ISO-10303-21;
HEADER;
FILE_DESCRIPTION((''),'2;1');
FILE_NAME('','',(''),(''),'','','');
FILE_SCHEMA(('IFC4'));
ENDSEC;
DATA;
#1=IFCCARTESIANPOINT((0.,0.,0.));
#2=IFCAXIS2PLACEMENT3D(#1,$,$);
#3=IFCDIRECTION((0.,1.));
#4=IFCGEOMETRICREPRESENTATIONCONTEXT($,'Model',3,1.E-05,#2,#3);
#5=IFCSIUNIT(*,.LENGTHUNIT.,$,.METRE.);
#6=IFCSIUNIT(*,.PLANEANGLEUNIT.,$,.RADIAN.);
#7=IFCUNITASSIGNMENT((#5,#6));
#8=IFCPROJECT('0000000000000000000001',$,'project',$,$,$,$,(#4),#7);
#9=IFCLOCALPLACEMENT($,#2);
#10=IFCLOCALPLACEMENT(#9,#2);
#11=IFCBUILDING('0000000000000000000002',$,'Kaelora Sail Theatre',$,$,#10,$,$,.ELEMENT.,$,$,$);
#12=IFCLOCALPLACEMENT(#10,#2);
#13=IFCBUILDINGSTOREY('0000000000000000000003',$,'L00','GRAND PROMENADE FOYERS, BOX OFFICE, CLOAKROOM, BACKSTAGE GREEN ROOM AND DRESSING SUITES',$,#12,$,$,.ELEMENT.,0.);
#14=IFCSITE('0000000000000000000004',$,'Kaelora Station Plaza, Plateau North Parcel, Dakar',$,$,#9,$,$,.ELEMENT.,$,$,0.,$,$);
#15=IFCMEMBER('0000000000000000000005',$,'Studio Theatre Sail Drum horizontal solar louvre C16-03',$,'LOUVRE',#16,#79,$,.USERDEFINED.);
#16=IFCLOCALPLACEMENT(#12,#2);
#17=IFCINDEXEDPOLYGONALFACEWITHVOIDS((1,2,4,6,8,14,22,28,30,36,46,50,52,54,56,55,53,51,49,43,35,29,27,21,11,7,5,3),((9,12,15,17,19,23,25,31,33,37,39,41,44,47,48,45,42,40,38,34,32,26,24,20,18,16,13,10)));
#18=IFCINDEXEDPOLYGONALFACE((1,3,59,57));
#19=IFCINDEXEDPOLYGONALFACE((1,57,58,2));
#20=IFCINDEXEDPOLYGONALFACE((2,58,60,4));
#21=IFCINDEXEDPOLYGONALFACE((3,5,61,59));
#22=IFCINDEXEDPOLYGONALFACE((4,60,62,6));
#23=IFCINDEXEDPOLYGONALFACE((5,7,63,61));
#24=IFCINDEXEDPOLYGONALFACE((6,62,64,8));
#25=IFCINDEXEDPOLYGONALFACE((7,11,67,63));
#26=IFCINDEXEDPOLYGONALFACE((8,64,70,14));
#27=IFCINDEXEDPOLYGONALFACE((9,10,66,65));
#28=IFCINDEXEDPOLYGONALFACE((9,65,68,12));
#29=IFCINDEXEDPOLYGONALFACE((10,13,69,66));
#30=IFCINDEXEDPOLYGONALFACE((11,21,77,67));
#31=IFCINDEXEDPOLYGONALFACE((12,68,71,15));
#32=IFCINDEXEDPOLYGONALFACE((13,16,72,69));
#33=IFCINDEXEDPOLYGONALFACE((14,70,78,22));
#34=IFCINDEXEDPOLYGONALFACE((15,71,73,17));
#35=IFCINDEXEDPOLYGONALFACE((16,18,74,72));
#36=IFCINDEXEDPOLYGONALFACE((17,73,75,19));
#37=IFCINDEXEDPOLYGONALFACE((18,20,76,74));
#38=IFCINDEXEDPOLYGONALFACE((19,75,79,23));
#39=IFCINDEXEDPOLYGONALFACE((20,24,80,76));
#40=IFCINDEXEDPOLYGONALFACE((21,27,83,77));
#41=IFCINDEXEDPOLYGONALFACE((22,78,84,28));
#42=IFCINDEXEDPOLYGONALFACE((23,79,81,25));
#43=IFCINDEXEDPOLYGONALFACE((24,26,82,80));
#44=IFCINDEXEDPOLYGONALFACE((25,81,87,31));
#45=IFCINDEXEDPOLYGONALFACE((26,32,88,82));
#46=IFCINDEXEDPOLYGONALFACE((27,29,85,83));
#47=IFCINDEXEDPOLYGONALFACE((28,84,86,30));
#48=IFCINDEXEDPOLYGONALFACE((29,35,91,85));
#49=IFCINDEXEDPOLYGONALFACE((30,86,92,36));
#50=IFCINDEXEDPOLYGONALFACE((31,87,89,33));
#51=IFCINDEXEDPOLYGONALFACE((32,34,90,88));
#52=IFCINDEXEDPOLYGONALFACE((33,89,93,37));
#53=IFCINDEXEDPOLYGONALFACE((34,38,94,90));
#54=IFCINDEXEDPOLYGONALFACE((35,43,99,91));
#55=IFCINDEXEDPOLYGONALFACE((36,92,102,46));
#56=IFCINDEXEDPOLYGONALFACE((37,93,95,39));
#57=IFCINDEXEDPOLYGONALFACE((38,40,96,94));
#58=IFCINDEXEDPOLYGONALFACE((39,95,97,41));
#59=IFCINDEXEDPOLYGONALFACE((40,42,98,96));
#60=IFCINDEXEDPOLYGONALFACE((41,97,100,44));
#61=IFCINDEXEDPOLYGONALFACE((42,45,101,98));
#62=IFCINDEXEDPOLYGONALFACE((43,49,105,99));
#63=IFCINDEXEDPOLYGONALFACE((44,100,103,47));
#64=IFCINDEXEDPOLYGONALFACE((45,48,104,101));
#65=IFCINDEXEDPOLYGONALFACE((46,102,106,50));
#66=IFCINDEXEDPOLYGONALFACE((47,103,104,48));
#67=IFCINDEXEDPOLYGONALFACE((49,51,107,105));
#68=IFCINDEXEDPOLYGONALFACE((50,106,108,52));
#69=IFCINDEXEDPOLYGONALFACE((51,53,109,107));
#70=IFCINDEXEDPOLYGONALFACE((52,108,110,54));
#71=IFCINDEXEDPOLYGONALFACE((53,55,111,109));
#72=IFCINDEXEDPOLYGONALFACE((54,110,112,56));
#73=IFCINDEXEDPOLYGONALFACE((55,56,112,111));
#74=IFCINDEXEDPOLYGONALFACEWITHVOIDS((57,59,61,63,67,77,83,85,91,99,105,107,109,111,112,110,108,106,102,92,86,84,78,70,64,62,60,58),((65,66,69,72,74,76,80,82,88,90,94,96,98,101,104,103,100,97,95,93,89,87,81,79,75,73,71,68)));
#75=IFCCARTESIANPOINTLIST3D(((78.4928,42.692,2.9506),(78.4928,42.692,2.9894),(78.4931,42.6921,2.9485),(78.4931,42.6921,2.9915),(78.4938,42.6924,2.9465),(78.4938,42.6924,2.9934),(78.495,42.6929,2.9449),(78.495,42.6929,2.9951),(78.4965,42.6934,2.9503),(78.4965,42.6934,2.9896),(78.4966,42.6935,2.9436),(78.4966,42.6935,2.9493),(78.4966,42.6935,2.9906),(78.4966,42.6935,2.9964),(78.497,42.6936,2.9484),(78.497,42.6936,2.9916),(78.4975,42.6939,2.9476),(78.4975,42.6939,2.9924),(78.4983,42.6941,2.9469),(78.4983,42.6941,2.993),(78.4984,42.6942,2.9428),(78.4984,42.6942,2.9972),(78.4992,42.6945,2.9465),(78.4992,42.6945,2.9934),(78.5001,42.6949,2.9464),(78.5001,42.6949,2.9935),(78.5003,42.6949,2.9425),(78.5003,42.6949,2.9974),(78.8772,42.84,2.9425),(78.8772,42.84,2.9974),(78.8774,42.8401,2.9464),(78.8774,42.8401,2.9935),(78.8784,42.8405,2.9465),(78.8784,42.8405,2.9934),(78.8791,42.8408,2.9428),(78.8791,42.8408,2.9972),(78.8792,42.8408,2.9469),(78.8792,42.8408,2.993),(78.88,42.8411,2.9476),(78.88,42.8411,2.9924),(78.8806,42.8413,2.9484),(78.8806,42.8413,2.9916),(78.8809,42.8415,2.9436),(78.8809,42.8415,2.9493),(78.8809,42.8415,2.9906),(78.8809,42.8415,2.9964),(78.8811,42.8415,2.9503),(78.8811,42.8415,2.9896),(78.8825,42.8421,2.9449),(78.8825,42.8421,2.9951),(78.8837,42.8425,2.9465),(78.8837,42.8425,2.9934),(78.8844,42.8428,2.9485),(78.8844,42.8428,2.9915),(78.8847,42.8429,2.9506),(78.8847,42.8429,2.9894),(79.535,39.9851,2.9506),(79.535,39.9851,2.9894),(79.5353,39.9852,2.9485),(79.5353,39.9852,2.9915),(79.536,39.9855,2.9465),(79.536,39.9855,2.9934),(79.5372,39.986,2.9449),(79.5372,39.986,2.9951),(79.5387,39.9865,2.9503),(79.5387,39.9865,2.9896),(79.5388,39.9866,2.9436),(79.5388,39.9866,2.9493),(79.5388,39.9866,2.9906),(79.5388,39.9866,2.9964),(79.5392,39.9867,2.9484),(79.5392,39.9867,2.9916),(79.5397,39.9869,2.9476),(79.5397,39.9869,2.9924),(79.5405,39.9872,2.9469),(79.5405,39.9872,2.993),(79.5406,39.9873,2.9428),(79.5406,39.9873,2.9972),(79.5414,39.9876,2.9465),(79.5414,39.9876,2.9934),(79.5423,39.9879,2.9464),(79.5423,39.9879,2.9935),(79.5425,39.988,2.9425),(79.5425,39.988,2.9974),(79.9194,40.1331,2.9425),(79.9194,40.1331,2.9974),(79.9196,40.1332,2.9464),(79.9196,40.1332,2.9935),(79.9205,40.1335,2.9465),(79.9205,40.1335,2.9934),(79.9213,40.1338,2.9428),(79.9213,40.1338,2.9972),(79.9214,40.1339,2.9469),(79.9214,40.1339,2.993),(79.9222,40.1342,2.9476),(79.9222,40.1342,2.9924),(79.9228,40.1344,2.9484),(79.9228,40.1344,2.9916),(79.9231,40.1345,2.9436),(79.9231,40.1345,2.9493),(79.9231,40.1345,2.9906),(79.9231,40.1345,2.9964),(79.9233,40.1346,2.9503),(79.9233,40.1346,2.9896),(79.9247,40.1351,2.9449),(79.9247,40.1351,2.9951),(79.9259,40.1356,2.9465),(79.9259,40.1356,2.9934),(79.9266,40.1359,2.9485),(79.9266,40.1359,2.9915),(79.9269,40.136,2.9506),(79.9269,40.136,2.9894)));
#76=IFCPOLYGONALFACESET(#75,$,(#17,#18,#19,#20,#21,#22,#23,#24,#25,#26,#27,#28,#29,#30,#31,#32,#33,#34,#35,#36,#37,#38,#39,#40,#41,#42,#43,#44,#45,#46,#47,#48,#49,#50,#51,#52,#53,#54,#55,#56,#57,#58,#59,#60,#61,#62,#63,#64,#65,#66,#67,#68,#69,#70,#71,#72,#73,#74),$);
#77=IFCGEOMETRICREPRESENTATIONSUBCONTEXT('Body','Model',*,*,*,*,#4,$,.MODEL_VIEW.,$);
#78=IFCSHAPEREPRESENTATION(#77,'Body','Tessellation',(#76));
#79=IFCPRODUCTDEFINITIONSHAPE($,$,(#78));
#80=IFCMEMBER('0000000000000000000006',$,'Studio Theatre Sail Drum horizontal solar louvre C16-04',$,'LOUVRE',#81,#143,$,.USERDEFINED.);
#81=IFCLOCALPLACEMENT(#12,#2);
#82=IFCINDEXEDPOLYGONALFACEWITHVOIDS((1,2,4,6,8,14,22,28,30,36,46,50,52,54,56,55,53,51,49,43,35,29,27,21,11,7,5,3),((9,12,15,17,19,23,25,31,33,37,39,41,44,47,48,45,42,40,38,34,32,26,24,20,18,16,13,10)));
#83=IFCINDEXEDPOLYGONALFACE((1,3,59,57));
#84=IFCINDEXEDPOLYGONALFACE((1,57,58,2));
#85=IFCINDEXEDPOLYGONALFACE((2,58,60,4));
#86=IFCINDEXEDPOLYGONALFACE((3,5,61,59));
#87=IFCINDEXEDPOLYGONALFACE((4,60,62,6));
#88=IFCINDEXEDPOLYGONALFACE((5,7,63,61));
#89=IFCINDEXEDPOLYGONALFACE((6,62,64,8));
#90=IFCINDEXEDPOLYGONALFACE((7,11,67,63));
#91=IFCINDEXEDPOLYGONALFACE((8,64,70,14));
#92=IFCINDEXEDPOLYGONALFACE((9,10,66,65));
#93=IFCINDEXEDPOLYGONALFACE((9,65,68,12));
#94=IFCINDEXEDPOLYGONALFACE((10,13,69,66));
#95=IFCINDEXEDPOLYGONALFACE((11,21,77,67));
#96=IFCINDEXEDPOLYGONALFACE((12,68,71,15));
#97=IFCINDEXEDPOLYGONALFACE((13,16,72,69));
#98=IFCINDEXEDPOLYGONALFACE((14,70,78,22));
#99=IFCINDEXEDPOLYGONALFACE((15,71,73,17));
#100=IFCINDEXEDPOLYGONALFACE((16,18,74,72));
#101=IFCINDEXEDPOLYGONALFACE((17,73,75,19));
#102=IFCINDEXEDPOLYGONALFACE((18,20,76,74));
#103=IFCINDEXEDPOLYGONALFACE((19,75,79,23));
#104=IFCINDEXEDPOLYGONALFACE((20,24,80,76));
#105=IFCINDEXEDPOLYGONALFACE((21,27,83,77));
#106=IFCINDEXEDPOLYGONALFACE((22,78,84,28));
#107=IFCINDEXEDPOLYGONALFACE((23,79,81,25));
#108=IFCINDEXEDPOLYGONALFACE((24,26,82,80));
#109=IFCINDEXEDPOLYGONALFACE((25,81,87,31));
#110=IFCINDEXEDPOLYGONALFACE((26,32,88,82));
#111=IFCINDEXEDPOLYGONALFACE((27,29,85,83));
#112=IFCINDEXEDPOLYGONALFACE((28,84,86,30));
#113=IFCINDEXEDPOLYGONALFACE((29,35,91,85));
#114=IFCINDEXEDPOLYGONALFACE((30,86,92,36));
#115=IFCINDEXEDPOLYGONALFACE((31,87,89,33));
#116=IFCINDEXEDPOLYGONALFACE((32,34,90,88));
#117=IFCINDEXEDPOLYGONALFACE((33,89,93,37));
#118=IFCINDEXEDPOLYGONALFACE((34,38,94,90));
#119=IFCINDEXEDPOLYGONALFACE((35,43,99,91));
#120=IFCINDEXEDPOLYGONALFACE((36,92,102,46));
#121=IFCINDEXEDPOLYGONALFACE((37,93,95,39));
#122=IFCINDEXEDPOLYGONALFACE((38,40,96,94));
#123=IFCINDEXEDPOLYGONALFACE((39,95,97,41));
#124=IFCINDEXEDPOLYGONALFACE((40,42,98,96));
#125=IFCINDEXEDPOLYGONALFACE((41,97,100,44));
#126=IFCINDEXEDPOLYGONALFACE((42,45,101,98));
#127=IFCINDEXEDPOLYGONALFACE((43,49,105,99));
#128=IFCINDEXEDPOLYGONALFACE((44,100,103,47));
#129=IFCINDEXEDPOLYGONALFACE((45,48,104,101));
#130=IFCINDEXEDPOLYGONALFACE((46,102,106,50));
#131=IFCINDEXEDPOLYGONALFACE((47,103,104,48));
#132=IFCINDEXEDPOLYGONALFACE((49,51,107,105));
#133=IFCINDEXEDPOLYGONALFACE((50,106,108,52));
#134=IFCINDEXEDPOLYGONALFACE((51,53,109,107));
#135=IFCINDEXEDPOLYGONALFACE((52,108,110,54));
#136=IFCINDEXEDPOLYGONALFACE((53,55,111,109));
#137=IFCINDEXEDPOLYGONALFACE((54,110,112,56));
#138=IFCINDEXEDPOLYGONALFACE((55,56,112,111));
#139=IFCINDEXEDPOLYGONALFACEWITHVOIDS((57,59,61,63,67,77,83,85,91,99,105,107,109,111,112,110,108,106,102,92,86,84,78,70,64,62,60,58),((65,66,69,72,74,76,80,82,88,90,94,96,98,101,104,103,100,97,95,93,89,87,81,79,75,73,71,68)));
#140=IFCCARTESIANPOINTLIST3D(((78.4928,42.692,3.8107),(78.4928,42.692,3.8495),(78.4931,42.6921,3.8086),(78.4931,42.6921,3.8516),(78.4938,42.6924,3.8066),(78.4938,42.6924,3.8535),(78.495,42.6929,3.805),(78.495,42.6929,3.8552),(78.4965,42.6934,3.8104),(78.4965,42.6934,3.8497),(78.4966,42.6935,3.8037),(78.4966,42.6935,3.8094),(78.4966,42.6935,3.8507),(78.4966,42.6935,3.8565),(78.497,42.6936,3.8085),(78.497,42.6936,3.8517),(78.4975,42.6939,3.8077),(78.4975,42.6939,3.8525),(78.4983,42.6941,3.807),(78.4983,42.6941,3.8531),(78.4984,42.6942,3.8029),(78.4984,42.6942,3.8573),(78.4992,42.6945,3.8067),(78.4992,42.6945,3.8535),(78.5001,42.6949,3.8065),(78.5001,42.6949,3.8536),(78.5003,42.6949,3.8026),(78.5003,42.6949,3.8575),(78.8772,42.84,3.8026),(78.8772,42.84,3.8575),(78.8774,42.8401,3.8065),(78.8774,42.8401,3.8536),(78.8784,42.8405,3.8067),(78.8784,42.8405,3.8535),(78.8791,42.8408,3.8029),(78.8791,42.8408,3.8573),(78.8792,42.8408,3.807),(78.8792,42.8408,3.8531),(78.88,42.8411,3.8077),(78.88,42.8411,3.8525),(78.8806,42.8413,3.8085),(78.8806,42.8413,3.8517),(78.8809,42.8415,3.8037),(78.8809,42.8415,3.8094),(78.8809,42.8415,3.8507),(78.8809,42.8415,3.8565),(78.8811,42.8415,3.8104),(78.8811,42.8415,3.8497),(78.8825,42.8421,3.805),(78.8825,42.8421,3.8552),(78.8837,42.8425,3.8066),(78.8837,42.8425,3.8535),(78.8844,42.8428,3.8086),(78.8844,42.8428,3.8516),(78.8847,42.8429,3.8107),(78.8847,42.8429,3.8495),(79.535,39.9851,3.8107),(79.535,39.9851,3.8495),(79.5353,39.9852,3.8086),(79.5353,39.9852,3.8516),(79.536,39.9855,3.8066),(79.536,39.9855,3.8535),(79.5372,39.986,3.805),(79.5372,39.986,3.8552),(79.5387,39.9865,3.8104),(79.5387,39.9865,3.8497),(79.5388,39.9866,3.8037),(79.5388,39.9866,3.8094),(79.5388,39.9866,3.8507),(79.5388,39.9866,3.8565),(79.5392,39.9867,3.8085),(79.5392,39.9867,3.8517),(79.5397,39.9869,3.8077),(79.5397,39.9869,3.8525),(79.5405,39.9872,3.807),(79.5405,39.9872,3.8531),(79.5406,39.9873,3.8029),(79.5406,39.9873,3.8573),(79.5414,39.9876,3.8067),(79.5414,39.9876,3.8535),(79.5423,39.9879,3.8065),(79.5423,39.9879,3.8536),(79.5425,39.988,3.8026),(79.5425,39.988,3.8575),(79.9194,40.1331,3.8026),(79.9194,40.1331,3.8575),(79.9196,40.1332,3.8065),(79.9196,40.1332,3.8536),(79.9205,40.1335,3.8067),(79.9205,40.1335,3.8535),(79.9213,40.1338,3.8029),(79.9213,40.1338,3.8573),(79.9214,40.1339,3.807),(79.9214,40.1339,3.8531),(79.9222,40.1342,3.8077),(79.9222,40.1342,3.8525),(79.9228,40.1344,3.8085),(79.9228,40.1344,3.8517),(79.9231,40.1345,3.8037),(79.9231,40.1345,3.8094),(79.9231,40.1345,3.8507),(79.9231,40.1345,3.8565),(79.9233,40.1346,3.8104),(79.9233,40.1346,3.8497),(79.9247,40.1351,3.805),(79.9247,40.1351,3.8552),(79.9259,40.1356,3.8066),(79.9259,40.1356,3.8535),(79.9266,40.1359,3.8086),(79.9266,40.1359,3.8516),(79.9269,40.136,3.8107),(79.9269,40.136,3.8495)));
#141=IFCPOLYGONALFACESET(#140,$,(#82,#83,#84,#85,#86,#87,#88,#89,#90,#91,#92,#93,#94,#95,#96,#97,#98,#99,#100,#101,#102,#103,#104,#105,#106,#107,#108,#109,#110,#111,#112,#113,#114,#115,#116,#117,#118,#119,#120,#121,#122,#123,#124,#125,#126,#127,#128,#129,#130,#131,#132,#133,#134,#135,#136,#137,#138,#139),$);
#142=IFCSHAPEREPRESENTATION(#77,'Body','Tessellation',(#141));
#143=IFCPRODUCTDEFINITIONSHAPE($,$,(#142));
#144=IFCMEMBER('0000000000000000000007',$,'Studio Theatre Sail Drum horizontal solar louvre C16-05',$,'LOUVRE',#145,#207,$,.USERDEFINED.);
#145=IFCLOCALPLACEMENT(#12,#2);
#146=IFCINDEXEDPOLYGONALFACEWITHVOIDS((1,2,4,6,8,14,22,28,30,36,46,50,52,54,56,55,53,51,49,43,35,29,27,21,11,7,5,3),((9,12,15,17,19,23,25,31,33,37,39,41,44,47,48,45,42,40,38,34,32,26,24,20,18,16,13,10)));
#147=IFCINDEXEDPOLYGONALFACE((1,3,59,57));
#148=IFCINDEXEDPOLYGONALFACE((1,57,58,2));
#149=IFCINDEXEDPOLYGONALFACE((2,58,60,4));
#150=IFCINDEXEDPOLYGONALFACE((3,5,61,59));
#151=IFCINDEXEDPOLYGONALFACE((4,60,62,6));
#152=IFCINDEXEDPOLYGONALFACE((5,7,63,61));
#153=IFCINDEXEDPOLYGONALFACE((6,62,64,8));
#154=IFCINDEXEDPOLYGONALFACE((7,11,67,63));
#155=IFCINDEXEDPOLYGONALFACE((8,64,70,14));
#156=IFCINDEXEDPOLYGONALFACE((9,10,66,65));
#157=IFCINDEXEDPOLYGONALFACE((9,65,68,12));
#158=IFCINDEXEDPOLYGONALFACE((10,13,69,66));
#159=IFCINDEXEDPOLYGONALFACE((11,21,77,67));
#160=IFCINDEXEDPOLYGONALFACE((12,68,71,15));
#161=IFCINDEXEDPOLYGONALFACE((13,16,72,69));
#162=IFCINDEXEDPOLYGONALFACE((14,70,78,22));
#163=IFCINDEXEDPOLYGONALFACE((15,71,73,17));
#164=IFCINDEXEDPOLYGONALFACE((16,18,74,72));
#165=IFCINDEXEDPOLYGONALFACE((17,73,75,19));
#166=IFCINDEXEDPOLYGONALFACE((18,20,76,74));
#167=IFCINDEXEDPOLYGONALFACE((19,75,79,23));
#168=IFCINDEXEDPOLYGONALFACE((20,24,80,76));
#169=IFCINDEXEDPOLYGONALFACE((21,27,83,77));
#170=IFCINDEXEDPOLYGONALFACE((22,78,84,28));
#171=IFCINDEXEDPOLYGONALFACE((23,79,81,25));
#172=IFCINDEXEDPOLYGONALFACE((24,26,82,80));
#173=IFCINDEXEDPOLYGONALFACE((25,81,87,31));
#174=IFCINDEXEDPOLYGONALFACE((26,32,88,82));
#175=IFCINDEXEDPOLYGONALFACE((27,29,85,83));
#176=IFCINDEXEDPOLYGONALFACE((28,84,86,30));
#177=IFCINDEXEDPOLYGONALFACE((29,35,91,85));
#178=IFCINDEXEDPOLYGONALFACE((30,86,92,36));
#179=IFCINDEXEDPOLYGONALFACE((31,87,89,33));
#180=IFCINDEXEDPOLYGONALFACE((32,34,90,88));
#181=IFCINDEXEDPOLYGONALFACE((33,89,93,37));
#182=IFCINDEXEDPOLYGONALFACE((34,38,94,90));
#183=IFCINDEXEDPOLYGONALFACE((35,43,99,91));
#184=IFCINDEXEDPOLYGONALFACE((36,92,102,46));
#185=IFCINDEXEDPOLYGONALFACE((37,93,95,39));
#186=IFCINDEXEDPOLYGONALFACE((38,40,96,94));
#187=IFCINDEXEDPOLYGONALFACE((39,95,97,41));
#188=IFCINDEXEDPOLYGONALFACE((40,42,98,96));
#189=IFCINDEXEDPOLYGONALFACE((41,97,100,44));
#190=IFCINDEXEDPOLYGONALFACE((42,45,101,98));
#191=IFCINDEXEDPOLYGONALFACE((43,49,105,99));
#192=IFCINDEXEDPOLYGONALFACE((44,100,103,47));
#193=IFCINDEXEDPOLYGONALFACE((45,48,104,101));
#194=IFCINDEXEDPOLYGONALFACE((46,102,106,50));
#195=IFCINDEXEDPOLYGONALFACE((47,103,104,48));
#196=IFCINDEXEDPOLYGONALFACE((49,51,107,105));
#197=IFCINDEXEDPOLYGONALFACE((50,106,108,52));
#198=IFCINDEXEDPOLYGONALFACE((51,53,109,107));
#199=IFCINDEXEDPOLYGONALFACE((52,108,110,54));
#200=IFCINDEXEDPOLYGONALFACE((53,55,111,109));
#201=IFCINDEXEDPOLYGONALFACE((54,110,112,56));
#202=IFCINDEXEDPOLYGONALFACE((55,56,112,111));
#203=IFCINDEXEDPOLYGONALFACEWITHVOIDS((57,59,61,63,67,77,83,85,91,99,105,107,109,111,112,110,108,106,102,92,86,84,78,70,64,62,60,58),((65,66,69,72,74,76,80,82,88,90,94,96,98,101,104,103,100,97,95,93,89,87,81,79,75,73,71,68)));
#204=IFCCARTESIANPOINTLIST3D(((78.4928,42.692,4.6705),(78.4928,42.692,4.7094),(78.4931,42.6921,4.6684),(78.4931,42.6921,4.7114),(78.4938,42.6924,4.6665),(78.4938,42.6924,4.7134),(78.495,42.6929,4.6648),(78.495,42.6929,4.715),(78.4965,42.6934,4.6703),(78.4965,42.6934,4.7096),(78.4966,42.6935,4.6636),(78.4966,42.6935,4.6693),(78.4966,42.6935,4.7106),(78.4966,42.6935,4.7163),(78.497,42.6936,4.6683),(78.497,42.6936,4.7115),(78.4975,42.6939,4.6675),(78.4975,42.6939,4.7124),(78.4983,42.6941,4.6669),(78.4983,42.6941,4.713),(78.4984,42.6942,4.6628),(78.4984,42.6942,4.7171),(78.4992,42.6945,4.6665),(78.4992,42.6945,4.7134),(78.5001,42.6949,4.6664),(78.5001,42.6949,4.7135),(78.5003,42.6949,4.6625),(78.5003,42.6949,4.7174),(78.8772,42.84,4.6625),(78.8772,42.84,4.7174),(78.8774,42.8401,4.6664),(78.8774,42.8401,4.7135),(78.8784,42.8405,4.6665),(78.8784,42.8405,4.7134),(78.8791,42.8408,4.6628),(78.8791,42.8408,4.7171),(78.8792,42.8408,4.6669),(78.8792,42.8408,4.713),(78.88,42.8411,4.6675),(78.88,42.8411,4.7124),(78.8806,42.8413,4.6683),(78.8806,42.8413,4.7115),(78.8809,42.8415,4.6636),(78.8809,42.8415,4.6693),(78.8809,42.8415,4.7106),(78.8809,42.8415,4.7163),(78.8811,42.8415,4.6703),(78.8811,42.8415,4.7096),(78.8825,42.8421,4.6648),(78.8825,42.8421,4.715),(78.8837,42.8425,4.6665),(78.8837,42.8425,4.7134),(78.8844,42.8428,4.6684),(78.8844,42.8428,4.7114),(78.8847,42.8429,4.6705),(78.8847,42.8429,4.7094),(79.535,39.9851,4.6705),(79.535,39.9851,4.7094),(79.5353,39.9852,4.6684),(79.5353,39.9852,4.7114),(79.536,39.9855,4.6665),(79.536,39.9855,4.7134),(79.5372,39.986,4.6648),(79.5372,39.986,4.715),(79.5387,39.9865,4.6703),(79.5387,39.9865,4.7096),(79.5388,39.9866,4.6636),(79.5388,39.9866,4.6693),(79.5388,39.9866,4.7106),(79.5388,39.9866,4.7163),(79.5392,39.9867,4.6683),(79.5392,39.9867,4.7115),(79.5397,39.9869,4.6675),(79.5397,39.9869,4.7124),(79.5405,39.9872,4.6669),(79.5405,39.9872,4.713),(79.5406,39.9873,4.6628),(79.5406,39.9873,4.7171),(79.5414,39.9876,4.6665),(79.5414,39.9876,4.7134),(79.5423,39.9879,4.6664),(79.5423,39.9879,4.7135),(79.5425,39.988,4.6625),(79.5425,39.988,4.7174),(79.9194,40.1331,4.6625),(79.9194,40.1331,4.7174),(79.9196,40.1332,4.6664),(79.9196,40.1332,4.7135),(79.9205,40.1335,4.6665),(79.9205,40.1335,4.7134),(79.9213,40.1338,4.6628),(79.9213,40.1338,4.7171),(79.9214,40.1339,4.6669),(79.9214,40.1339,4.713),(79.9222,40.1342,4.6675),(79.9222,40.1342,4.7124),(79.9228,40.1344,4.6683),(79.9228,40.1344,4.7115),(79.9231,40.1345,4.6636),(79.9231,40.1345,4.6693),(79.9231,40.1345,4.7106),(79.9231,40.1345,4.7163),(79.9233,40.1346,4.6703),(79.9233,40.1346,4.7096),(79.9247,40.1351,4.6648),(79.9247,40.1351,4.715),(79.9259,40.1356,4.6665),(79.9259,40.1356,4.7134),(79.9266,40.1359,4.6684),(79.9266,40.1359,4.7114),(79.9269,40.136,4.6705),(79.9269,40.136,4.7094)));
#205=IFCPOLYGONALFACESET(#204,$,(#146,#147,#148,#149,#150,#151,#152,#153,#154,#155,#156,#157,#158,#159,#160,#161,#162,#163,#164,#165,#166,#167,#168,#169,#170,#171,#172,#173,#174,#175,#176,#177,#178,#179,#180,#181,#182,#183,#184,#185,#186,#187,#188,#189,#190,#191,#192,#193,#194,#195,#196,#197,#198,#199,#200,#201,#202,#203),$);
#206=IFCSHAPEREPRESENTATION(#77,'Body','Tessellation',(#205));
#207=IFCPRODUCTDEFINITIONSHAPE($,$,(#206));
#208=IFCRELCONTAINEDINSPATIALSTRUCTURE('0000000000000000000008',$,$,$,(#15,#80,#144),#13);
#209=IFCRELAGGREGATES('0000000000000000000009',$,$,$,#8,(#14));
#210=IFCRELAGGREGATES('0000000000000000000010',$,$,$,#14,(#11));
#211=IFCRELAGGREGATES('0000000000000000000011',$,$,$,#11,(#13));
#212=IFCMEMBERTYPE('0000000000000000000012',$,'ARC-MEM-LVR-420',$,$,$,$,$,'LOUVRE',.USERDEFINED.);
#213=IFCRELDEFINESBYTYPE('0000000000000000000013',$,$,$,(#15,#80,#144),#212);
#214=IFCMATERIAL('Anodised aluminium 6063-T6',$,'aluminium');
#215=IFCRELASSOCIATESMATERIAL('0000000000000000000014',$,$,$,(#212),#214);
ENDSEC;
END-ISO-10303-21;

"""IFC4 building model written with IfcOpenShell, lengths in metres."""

from ifc_helpers import new_model, si_unit, direction, frame, origin, origin_2d, place, context, subcontext, project, spatial, hollow_rectangle, extrude, material, material_profile, profile_set, type_object, element, save


model = new_model("IFC4")

# Units and contexts
model_context = context("Model", 3, precision=1e-05, world=origin(), true_north=direction((0.0, 1.0)))
body_context = subcontext(model_context, "Body", "Model", "MODEL_VIEW")
ifc_project = project(units=[si_unit("LENGTHUNIT", "METRE"), si_unit("PLANEANGLEUNIT", "RADIAN")], contexts=[model_context])

# Site, building, storey
site_placement = place(None, origin())
site = spatial("IfcSite", under=ifc_project, at=site_placement, Name="Kaelora Station Plaza, Plateau North Parcel, Dakar", CompositionType="ELEMENT", RefElevation=0.0)
building_placement = place(site_placement, origin())
building = spatial("IfcBuilding", under=site, at=building_placement, Name="Kaelora Sail Theatre", CompositionType="ELEMENT")
storey_placement = place(building_placement, origin())
storey = spatial("IfcBuildingStorey", under=building, at=storey_placement, Name="L00", Description="GRAND PROMENADE FOYERS, BOX OFFICE, CLOAKROOM, BACKSTAGE GREEN ROOM AND DRESSING SUITES", CompositionType="ELEMENT", Elevation=0.0)

# Members
ifc_material_1 = material(Name="Anodised aluminium 6063-T6", Category="aluminium")
ifc_material_profile_1 = material_profile(ifc_material_1, hollow_rectangle(XDim=0.4199, YDim=0.0549, WallThickness=0.0039, InnerFilletRadius=0.0039, OuterFilletRadius=0.0081, at=origin_2d()), Name="LOUVRE 420x55x4")
ifc_profile_set_1 = profile_set([ifc_material_profile_1], Name="Anodised aluminium 6063-T6")
member_type_1 = type_object("IfcMemberType", Name="ARC-MEM-LVR-420", ElementType="LOUVRE", PredefinedType="USERDEFINED", material=ifc_profile_set_1)
for number, where, z_axis, x_axis, name in (
    (1, (79.731, 40.0605, 2.97), (-0.359301, 0.933222, 0.0), (-0.933222, -0.359301, 0.0), "Studio Theatre Sail Drum horizontal solar louvre C16-03"),
    (2, (79.731, 40.0605, 3.8301), (-0.359301, 0.933222, 0.0), (-0.933222, -0.359301, 0.0), "Studio Theatre Sail Drum horizontal solar louvre C16-04"),
    (3, (79.731, 40.0605, 4.6899), (-0.359301, 0.933222, 0.0), (-0.933222, -0.359301, 0.0), "Studio Theatre Sail Drum horizontal solar louvre C16-05"),
):
    element("IfcMember", number, at=place(storey_placement, frame(where, z_axis=z_axis, x_axis=x_axis)), inside=storey, type_object=member_type_1, Name=name, ObjectType="LOUVRE", PredefinedType="USERDEFINED", context=body_context, shape_type="SweptSolid", body=[
        extrude(hollow_rectangle(XDim=0.4199, YDim=0.0549, WallThickness=0.0039, InnerFilletRadius=0.0039, OuterFilletRadius=0.0081, at=origin_2d()), origin(), (0.0, 0.0, 1.0), 2.9006),
    ])

save(model, "model.ifc")
